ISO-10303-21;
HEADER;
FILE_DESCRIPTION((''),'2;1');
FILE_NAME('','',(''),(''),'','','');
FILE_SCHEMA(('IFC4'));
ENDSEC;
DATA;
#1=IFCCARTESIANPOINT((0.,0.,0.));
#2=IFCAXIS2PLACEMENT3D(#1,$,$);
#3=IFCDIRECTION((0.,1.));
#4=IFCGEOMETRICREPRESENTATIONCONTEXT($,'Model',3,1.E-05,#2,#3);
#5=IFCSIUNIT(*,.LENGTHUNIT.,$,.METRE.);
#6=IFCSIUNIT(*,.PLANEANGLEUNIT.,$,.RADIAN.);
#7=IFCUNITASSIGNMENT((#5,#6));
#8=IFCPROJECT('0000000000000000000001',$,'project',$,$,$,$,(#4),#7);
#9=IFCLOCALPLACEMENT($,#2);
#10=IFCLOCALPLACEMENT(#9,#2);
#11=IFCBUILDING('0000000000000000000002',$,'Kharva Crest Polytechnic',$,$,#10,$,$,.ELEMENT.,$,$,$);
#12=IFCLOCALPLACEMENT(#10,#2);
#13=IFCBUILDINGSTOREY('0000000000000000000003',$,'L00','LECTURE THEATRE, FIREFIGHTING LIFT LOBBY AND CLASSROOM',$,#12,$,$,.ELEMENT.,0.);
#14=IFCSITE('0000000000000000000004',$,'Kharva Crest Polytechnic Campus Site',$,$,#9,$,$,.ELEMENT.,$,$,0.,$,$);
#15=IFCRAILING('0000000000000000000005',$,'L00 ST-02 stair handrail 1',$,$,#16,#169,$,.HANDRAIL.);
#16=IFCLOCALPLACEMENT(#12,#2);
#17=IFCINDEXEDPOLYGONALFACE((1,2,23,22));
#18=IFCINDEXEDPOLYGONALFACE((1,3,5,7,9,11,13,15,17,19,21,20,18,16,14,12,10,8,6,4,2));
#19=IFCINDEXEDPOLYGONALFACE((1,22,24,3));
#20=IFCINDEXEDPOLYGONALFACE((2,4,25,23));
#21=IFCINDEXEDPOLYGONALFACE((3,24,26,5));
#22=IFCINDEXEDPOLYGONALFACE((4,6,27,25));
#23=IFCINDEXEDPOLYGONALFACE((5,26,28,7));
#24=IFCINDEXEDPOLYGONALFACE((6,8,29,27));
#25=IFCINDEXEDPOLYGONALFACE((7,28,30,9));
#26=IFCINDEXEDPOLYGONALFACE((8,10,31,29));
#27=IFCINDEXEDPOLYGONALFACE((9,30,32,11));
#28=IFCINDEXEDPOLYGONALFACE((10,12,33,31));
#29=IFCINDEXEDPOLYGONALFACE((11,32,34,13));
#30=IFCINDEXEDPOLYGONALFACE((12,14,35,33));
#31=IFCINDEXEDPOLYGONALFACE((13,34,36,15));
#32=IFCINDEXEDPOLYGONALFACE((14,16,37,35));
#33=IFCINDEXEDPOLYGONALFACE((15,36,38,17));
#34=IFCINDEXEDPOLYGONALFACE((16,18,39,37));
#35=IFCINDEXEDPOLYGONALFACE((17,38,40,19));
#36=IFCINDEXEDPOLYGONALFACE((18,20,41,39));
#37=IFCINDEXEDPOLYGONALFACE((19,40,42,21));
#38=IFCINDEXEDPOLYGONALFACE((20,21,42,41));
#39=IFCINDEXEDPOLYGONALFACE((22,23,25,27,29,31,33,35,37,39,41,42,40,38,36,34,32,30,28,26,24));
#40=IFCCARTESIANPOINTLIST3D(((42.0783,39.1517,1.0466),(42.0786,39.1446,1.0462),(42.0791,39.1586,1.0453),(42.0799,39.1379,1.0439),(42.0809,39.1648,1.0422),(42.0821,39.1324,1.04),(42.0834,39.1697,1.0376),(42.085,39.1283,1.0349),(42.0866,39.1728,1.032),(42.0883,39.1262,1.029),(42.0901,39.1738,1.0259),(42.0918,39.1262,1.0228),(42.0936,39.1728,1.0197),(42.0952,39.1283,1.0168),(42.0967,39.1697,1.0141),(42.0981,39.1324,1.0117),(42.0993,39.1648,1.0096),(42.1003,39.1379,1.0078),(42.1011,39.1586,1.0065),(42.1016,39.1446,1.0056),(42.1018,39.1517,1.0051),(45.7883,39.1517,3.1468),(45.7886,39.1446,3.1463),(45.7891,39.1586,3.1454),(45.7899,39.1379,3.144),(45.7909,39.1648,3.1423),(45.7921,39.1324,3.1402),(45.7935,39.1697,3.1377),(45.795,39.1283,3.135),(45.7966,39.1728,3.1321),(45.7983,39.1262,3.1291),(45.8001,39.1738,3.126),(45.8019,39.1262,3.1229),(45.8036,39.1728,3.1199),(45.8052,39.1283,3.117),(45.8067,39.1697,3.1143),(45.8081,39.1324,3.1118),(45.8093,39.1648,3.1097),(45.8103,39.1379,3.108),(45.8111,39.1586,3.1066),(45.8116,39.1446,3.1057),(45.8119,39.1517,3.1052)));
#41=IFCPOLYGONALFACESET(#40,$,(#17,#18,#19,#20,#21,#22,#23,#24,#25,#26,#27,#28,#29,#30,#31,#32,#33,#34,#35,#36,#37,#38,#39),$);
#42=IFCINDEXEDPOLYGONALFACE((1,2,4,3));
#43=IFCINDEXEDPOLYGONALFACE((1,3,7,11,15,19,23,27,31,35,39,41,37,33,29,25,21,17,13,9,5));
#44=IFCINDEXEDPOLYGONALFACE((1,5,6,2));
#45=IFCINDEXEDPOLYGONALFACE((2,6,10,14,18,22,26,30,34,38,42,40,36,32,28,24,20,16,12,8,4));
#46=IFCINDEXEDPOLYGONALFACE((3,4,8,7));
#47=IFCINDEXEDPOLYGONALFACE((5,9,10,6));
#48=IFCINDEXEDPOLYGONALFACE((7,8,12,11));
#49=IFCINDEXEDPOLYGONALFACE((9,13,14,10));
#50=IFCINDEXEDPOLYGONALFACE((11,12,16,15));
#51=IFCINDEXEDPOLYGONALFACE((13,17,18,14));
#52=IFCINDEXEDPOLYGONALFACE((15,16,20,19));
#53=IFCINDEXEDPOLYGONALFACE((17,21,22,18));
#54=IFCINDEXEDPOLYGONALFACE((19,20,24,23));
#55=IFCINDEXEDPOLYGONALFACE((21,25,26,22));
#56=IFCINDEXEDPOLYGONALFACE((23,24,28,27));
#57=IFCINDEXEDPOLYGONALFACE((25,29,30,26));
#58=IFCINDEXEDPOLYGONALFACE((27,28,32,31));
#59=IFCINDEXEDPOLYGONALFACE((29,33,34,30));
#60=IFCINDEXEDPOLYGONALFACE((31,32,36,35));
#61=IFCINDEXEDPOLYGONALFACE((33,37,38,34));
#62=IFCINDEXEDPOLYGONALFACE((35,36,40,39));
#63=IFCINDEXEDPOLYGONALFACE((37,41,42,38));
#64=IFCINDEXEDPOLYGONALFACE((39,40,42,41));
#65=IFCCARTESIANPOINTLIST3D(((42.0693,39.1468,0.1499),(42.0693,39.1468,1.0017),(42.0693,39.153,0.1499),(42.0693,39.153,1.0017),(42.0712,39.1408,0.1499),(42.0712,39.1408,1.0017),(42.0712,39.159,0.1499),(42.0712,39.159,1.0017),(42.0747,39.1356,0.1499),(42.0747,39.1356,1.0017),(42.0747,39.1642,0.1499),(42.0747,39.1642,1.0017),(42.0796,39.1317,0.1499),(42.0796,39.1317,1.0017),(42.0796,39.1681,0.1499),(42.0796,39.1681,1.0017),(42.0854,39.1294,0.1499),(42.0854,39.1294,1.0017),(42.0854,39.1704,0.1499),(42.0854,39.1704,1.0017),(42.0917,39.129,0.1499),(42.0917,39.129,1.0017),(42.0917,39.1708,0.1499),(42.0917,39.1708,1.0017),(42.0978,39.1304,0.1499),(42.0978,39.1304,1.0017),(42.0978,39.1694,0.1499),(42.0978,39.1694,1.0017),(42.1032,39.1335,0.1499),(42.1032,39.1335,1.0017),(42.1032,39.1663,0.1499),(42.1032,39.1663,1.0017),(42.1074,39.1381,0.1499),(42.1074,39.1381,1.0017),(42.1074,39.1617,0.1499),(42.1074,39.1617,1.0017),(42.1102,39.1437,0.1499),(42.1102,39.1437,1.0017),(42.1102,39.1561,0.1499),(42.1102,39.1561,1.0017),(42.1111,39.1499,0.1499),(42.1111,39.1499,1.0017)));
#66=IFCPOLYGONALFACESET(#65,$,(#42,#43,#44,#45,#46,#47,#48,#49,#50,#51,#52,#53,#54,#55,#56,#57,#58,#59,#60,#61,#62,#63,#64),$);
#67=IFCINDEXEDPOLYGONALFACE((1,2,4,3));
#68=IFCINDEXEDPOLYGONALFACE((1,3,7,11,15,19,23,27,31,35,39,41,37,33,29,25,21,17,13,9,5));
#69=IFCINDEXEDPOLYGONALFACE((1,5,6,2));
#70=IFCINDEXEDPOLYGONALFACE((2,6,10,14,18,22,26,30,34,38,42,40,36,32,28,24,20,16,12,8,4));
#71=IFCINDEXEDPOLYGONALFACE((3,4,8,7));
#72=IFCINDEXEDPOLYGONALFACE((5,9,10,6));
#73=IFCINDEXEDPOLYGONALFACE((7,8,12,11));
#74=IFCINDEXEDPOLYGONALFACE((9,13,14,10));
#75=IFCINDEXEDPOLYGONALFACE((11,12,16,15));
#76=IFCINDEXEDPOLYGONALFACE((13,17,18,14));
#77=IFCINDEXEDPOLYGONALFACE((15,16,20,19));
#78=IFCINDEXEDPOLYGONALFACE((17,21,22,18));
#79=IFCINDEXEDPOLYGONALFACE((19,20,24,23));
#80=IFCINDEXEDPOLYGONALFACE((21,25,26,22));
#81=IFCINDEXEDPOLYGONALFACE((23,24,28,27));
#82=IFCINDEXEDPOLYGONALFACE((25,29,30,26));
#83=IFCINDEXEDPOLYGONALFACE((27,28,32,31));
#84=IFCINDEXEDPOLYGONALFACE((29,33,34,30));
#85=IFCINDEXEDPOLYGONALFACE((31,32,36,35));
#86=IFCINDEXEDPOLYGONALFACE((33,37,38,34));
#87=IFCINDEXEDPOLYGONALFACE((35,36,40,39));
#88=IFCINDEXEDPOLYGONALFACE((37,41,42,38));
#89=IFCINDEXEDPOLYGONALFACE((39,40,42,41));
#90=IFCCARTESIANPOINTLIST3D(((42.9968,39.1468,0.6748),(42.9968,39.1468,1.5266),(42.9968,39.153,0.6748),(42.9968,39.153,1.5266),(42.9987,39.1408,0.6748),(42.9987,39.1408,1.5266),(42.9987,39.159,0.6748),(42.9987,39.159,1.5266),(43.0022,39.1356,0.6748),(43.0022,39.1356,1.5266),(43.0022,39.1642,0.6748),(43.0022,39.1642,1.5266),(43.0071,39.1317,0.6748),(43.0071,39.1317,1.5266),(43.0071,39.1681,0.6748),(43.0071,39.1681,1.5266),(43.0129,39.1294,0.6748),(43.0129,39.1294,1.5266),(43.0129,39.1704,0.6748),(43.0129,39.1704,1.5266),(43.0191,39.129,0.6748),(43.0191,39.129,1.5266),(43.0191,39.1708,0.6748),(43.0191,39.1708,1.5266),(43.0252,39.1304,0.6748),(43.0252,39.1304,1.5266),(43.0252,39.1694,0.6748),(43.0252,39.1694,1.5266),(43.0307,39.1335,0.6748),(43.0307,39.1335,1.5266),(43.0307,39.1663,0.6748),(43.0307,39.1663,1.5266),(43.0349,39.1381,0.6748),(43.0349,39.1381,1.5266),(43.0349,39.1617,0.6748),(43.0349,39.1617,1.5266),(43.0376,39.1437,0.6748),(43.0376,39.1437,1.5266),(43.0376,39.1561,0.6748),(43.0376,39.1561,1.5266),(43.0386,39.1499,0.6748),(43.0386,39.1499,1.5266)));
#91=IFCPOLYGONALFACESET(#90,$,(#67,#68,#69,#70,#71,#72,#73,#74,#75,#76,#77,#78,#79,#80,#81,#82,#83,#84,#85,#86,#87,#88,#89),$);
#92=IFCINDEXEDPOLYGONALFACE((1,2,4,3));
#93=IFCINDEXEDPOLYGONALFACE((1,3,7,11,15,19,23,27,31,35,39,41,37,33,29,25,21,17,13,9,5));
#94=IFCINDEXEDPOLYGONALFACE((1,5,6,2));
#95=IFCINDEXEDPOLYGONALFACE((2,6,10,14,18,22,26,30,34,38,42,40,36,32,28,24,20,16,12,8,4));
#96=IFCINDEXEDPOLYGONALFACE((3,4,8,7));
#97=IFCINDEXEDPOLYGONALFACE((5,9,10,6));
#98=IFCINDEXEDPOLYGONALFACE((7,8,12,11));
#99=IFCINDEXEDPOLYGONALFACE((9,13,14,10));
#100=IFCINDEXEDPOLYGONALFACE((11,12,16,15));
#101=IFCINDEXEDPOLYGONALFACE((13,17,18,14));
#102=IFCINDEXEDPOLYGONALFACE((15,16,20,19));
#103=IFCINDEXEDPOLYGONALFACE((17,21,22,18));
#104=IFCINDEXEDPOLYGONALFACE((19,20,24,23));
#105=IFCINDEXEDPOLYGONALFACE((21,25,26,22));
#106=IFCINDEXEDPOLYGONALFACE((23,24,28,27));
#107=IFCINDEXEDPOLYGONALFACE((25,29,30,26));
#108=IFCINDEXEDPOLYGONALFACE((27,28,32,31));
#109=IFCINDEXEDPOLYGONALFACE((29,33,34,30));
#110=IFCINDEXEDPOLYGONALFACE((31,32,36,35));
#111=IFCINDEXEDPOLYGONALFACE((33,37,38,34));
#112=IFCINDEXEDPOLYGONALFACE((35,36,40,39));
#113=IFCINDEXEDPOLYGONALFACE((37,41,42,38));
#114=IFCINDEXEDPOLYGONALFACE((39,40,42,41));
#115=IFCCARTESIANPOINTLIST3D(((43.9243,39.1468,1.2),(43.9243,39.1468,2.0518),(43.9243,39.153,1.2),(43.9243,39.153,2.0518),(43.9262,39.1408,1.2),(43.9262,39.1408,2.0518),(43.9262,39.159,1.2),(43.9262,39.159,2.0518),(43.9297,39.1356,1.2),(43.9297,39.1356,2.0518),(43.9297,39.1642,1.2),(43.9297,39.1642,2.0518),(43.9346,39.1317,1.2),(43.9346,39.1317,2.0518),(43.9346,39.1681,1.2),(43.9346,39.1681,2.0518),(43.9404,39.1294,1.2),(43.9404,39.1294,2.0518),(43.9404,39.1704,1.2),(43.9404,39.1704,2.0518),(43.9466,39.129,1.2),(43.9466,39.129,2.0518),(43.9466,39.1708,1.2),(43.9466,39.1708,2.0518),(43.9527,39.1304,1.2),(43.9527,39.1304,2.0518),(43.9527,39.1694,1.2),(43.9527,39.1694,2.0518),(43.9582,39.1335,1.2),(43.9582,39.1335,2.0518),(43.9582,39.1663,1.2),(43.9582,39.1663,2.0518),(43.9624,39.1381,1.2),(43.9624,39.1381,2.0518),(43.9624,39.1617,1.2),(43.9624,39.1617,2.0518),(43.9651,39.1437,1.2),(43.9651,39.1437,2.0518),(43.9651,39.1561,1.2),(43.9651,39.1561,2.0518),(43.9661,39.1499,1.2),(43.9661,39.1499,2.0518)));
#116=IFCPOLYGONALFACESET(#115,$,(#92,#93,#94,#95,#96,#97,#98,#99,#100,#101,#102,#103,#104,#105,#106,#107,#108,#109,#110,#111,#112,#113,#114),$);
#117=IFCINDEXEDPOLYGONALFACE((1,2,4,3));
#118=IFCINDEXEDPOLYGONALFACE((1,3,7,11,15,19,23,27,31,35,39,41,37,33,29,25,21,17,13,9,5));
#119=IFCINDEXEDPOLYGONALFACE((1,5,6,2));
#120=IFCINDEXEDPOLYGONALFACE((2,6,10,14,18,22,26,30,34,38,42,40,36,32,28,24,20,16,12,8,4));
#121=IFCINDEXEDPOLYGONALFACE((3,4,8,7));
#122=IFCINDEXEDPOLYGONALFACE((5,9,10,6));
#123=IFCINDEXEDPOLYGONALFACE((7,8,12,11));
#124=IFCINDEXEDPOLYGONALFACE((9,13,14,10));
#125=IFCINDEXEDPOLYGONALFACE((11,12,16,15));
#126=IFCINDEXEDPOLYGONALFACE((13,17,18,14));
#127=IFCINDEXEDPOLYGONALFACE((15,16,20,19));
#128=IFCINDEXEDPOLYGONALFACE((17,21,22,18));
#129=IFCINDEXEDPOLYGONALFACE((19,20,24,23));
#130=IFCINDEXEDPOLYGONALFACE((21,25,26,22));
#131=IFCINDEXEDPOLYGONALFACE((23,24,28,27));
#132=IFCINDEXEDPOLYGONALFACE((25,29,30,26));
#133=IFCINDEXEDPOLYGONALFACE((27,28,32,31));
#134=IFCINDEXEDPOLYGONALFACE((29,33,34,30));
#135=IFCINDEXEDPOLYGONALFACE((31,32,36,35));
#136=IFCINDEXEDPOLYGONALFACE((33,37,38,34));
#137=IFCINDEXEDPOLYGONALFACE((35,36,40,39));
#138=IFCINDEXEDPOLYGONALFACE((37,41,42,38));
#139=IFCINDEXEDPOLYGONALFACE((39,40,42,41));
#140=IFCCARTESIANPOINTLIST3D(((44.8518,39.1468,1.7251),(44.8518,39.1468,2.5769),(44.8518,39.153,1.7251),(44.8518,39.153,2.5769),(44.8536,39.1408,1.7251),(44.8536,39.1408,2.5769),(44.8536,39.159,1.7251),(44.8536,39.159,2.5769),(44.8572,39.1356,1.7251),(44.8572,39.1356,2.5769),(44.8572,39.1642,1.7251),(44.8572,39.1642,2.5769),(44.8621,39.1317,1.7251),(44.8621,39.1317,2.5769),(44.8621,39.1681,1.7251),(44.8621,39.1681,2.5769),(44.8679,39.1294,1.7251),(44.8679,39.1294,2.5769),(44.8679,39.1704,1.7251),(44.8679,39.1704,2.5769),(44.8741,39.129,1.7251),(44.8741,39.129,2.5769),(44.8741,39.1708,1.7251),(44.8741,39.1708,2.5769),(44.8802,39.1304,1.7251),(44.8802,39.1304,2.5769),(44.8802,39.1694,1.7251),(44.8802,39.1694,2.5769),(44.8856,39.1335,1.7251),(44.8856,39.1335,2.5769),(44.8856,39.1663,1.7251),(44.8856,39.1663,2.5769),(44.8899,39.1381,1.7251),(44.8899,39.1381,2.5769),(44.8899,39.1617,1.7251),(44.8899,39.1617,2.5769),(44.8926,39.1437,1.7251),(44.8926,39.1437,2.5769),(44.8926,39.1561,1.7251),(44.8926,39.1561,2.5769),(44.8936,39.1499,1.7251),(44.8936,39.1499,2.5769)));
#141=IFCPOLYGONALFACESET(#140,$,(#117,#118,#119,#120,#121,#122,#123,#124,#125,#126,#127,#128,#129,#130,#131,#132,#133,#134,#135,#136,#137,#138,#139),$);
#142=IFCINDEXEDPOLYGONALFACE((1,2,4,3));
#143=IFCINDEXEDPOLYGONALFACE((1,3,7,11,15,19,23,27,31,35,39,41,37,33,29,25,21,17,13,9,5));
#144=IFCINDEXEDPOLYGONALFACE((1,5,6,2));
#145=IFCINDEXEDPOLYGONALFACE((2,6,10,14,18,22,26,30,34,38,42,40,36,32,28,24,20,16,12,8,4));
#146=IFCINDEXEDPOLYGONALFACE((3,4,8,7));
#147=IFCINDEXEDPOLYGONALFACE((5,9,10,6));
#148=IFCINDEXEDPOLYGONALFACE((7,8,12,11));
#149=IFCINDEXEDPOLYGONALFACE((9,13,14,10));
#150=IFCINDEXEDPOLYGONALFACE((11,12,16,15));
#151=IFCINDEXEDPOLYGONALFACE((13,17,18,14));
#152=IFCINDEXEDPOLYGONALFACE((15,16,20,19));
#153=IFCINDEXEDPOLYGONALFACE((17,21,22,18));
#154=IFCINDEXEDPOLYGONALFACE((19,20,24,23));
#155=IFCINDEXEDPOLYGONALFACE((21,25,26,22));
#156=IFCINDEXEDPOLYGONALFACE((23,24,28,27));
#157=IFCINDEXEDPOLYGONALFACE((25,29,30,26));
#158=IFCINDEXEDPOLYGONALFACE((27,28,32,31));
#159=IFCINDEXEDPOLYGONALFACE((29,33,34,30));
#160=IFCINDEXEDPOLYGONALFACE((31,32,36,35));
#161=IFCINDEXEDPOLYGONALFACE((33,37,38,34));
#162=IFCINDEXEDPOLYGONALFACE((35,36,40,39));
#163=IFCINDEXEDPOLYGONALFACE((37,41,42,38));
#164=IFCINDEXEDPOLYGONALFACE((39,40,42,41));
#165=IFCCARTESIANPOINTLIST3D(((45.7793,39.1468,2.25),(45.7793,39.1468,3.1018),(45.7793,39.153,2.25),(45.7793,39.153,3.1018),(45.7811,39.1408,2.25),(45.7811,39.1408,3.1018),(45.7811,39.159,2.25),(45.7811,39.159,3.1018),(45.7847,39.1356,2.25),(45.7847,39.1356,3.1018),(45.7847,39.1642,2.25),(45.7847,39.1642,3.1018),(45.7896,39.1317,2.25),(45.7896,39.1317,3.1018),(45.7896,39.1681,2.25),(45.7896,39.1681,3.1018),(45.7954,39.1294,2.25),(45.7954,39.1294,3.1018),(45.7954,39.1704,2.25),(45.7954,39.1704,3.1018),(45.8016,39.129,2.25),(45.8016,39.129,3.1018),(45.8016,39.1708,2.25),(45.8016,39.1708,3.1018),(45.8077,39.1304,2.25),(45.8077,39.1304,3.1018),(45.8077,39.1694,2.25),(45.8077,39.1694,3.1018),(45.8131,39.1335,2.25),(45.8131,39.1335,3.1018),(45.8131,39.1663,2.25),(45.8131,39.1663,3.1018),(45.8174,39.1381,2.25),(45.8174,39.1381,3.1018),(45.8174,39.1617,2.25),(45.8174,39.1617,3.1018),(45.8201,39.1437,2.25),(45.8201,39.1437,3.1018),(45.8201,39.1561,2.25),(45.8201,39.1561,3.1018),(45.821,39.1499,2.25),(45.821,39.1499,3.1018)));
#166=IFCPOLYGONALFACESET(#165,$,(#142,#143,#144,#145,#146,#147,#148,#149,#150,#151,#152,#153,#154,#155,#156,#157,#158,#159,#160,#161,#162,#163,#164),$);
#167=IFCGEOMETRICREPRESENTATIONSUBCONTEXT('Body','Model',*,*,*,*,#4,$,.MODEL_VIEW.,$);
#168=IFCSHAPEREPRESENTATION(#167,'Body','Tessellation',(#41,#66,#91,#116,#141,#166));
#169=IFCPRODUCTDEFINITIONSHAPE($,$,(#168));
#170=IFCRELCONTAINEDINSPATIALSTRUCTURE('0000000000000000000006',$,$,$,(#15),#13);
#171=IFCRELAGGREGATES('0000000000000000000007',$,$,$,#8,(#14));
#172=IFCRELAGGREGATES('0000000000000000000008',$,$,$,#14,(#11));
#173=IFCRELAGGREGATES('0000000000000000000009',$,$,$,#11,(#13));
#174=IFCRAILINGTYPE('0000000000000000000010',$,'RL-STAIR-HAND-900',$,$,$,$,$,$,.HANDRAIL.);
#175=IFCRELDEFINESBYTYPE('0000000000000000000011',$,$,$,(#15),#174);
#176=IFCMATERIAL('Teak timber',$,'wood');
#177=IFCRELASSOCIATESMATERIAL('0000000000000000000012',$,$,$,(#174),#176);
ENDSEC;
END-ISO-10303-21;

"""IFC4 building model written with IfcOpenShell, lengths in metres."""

from ifc_helpers import new_model, si_unit, direction, frame, origin, origin_2d, place, context, subcontext, project, spatial, circle, extrude, material, type_object, element, save


model = new_model("IFC4")

# Units and contexts
model_context = context("Model", 3, precision=1e-05, world=origin(), true_north=direction((0.0, 1.0)))
body_context = subcontext(model_context, "Body", "Model", "MODEL_VIEW")
ifc_project = project(units=[si_unit("LENGTHUNIT", "METRE"), si_unit("PLANEANGLEUNIT", "RADIAN")], contexts=[model_context])

# Site, building, storey
site_placement = place(None, origin())
site = spatial("IfcSite", under=ifc_project, at=site_placement, Name="Kharva Crest Polytechnic Campus Site", CompositionType="ELEMENT", RefElevation=0.0)
building_placement = place(site_placement, origin())
building = spatial("IfcBuilding", under=site, at=building_placement, Name="Kharva Crest Polytechnic", CompositionType="ELEMENT")
storey_placement = place(building_placement, origin())
storey = spatial("IfcBuildingStorey", under=building, at=storey_placement, Name="L00", Description="LECTURE THEATRE, FIREFIGHTING LIFT LOBBY AND CLASSROOM", CompositionType="ELEMENT", Elevation=0.0)

# Shared definitions
ifc_material_1 = material(Name="Teak timber", Category="wood")

# Railing
railing_type_1 = type_object("IfcRailingType", Name="RL-STAIR-HAND-900", PredefinedType="HANDRAIL", material=ifc_material_1)
railing_1_placement = place(storey_placement, frame((42.0901, 39.1499, 0.1499)))
element("IfcRailing", 1, at=railing_1_placement, inside=storey, type_object=railing_type_1, Name="L00 ST-02 stair handrail 1", PredefinedType="HANDRAIL", context=body_context, shape_type="SweptSolid", body=[
    extrude(circle(Radius=0.0239, at=origin_2d()), frame((0.0, 0.0, 0.876), z_axis=(0.870245, 0.0, 0.492619), x_axis=(0.0, 1.0, 0.0)), (0.0, 0.0, 1.0), 4.2632),
    extrude(circle(Radius=0.021, at=origin_2d()), origin(), (0.0, 0.0, 1.0), 0.8518),
    extrude(circle(Radius=0.021, at=origin_2d()), frame((0.9275, 0.0, 0.5249)), (0.0, 0.0, 1.0), 0.8518),
    extrude(circle(Radius=0.021, at=origin_2d()), frame((1.855, 0.0, 1.05)), (0.0, 0.0, 1.0), 0.8518),
    extrude(circle(Radius=0.021, at=origin_2d()), frame((2.7825, 0.0, 1.5752)), (0.0, 0.0, 1.0), 0.8518),
    extrude(circle(Radius=0.021, at=origin_2d()), frame((3.71, 0.0, 2.1001)), (0.0, 0.0, 1.0), 0.8518),
])

save(model, "model.ifc")
